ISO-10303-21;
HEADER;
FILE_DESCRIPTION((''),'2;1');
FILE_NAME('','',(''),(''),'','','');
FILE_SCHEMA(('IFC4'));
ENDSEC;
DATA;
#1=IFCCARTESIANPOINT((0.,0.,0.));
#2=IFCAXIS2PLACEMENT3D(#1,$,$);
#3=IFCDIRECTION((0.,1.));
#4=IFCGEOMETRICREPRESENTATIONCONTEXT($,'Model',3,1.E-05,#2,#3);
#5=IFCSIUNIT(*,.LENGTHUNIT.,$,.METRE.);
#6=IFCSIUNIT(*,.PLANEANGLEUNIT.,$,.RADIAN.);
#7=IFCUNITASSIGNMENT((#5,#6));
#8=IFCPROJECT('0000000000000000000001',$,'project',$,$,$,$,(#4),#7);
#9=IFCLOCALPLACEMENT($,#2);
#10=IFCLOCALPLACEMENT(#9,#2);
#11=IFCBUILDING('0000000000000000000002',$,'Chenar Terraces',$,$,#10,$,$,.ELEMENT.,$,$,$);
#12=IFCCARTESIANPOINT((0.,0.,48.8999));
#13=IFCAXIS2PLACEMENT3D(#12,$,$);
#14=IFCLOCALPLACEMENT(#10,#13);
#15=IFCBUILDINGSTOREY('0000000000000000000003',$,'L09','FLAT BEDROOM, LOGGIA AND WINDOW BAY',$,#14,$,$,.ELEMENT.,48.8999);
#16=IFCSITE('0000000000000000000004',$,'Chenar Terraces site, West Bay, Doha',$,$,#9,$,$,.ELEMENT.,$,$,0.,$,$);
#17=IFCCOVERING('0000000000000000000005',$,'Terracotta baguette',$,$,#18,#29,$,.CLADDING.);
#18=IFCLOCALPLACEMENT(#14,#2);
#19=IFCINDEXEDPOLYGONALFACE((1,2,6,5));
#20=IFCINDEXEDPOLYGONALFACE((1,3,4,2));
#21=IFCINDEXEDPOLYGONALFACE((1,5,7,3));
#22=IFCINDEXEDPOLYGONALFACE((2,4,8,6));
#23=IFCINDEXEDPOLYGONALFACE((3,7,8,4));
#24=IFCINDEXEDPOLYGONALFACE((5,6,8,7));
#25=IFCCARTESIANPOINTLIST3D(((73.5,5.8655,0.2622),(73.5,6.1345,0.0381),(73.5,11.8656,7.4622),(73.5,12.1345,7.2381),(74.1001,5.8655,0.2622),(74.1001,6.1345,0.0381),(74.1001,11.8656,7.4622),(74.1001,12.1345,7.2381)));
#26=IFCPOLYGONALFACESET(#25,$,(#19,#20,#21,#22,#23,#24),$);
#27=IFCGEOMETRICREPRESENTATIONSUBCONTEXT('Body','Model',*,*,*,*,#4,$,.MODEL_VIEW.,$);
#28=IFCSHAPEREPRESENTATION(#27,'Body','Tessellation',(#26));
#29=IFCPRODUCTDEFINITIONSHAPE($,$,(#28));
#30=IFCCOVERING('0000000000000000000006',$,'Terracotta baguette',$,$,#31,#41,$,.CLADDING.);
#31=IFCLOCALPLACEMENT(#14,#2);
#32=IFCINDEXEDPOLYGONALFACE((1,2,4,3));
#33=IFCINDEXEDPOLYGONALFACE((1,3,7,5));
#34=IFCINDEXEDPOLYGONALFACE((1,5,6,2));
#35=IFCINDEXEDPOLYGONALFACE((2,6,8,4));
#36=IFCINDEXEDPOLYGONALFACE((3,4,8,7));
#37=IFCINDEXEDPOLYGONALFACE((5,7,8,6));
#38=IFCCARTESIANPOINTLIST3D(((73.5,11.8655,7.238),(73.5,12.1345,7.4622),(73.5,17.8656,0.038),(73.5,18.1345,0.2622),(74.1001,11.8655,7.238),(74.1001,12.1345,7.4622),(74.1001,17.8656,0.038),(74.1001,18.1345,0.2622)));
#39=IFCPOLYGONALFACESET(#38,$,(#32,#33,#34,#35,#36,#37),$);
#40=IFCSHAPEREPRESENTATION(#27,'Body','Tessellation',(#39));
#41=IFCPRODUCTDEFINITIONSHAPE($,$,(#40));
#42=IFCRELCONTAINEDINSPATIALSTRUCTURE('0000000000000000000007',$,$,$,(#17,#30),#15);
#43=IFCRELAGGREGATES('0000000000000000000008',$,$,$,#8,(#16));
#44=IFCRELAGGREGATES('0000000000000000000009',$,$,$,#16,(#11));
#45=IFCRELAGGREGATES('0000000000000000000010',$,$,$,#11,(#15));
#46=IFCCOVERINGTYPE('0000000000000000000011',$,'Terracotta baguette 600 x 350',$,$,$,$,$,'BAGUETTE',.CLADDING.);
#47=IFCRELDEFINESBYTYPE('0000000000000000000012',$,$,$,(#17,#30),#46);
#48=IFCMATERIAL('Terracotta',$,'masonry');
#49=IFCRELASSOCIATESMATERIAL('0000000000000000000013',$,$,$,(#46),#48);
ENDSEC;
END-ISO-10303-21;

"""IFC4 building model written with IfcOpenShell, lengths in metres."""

from ifc_helpers import new_model, si_unit, direction, frame, origin, origin_2d, place, context, subcontext, project, spatial, rectangle, extrude, material, material_profile, profile_set, type_object, element, save


model = new_model("IFC4")

# Units and contexts
model_context = context("Model", 3, precision=1e-05, world=origin(), true_north=direction((0.0, 1.0)))
body_context = subcontext(model_context, "Body", "Model", "MODEL_VIEW")
ifc_project = project(units=[si_unit("LENGTHUNIT", "METRE"), si_unit("PLANEANGLEUNIT", "RADIAN")], contexts=[model_context])

# Site, building, storey
site_placement = place(None, origin())
site = spatial("IfcSite", under=ifc_project, at=site_placement, Name="Chenar Terraces site, West Bay, Doha", CompositionType="ELEMENT", RefElevation=0.0)
building_placement = place(site_placement, origin())
building = spatial("IfcBuilding", under=site, at=building_placement, Name="Chenar Terraces", CompositionType="ELEMENT")
storey_placement = place(building_placement, frame((0.0, 0.0, 48.8999)))
storey = spatial("IfcBuildingStorey", under=building, at=storey_placement, Name="L09", Description="FLAT BEDROOM, LOGGIA AND WINDOW BAY", CompositionType="ELEMENT", Elevation=48.8999)

# Coverings
ifc_material_1 = material(Name="Terracotta", Category="masonry")
ifc_material_profile_1 = material_profile(ifc_material_1, rectangle(XDim=0.6001, YDim=0.3501, at=origin_2d()), Name="Terracotta baguette 600 x 350")
ifc_profile_set_1 = profile_set([ifc_material_profile_1], Name="Terracotta")
covering_type = type_object("IfcCoveringType", Name="Terracotta baguette 600 x 350", ElementType="BAGUETTE", PredefinedType="CLADDING", material=ifc_profile_set_1)
for number, where, z_axis, x_axis, name in (
    (1, (73.8, 6.0, 0.1501), (0.0, 0.640187, 0.768219), (-1.0, 0.0, 0.0), "Terracotta baguette"),
    (2, (73.8, 12.0, 7.3501), (0.0, 0.640187, -0.768219), (-1.0, 0.0, 0.0), "Terracotta baguette"),
):
    element("IfcCovering", number, at=place(storey_placement, frame(where, z_axis=z_axis, x_axis=x_axis)), inside=storey, type_object=covering_type, Name=name, PredefinedType="CLADDING", context=body_context, shape_type="SweptSolid", body=[
        extrude(rectangle(XDim=0.6001, YDim=0.3501, at=origin_2d()), origin(), (0.0, 0.0, 1.0), 9.3723),
    ])

save(model, "model.ifc")
